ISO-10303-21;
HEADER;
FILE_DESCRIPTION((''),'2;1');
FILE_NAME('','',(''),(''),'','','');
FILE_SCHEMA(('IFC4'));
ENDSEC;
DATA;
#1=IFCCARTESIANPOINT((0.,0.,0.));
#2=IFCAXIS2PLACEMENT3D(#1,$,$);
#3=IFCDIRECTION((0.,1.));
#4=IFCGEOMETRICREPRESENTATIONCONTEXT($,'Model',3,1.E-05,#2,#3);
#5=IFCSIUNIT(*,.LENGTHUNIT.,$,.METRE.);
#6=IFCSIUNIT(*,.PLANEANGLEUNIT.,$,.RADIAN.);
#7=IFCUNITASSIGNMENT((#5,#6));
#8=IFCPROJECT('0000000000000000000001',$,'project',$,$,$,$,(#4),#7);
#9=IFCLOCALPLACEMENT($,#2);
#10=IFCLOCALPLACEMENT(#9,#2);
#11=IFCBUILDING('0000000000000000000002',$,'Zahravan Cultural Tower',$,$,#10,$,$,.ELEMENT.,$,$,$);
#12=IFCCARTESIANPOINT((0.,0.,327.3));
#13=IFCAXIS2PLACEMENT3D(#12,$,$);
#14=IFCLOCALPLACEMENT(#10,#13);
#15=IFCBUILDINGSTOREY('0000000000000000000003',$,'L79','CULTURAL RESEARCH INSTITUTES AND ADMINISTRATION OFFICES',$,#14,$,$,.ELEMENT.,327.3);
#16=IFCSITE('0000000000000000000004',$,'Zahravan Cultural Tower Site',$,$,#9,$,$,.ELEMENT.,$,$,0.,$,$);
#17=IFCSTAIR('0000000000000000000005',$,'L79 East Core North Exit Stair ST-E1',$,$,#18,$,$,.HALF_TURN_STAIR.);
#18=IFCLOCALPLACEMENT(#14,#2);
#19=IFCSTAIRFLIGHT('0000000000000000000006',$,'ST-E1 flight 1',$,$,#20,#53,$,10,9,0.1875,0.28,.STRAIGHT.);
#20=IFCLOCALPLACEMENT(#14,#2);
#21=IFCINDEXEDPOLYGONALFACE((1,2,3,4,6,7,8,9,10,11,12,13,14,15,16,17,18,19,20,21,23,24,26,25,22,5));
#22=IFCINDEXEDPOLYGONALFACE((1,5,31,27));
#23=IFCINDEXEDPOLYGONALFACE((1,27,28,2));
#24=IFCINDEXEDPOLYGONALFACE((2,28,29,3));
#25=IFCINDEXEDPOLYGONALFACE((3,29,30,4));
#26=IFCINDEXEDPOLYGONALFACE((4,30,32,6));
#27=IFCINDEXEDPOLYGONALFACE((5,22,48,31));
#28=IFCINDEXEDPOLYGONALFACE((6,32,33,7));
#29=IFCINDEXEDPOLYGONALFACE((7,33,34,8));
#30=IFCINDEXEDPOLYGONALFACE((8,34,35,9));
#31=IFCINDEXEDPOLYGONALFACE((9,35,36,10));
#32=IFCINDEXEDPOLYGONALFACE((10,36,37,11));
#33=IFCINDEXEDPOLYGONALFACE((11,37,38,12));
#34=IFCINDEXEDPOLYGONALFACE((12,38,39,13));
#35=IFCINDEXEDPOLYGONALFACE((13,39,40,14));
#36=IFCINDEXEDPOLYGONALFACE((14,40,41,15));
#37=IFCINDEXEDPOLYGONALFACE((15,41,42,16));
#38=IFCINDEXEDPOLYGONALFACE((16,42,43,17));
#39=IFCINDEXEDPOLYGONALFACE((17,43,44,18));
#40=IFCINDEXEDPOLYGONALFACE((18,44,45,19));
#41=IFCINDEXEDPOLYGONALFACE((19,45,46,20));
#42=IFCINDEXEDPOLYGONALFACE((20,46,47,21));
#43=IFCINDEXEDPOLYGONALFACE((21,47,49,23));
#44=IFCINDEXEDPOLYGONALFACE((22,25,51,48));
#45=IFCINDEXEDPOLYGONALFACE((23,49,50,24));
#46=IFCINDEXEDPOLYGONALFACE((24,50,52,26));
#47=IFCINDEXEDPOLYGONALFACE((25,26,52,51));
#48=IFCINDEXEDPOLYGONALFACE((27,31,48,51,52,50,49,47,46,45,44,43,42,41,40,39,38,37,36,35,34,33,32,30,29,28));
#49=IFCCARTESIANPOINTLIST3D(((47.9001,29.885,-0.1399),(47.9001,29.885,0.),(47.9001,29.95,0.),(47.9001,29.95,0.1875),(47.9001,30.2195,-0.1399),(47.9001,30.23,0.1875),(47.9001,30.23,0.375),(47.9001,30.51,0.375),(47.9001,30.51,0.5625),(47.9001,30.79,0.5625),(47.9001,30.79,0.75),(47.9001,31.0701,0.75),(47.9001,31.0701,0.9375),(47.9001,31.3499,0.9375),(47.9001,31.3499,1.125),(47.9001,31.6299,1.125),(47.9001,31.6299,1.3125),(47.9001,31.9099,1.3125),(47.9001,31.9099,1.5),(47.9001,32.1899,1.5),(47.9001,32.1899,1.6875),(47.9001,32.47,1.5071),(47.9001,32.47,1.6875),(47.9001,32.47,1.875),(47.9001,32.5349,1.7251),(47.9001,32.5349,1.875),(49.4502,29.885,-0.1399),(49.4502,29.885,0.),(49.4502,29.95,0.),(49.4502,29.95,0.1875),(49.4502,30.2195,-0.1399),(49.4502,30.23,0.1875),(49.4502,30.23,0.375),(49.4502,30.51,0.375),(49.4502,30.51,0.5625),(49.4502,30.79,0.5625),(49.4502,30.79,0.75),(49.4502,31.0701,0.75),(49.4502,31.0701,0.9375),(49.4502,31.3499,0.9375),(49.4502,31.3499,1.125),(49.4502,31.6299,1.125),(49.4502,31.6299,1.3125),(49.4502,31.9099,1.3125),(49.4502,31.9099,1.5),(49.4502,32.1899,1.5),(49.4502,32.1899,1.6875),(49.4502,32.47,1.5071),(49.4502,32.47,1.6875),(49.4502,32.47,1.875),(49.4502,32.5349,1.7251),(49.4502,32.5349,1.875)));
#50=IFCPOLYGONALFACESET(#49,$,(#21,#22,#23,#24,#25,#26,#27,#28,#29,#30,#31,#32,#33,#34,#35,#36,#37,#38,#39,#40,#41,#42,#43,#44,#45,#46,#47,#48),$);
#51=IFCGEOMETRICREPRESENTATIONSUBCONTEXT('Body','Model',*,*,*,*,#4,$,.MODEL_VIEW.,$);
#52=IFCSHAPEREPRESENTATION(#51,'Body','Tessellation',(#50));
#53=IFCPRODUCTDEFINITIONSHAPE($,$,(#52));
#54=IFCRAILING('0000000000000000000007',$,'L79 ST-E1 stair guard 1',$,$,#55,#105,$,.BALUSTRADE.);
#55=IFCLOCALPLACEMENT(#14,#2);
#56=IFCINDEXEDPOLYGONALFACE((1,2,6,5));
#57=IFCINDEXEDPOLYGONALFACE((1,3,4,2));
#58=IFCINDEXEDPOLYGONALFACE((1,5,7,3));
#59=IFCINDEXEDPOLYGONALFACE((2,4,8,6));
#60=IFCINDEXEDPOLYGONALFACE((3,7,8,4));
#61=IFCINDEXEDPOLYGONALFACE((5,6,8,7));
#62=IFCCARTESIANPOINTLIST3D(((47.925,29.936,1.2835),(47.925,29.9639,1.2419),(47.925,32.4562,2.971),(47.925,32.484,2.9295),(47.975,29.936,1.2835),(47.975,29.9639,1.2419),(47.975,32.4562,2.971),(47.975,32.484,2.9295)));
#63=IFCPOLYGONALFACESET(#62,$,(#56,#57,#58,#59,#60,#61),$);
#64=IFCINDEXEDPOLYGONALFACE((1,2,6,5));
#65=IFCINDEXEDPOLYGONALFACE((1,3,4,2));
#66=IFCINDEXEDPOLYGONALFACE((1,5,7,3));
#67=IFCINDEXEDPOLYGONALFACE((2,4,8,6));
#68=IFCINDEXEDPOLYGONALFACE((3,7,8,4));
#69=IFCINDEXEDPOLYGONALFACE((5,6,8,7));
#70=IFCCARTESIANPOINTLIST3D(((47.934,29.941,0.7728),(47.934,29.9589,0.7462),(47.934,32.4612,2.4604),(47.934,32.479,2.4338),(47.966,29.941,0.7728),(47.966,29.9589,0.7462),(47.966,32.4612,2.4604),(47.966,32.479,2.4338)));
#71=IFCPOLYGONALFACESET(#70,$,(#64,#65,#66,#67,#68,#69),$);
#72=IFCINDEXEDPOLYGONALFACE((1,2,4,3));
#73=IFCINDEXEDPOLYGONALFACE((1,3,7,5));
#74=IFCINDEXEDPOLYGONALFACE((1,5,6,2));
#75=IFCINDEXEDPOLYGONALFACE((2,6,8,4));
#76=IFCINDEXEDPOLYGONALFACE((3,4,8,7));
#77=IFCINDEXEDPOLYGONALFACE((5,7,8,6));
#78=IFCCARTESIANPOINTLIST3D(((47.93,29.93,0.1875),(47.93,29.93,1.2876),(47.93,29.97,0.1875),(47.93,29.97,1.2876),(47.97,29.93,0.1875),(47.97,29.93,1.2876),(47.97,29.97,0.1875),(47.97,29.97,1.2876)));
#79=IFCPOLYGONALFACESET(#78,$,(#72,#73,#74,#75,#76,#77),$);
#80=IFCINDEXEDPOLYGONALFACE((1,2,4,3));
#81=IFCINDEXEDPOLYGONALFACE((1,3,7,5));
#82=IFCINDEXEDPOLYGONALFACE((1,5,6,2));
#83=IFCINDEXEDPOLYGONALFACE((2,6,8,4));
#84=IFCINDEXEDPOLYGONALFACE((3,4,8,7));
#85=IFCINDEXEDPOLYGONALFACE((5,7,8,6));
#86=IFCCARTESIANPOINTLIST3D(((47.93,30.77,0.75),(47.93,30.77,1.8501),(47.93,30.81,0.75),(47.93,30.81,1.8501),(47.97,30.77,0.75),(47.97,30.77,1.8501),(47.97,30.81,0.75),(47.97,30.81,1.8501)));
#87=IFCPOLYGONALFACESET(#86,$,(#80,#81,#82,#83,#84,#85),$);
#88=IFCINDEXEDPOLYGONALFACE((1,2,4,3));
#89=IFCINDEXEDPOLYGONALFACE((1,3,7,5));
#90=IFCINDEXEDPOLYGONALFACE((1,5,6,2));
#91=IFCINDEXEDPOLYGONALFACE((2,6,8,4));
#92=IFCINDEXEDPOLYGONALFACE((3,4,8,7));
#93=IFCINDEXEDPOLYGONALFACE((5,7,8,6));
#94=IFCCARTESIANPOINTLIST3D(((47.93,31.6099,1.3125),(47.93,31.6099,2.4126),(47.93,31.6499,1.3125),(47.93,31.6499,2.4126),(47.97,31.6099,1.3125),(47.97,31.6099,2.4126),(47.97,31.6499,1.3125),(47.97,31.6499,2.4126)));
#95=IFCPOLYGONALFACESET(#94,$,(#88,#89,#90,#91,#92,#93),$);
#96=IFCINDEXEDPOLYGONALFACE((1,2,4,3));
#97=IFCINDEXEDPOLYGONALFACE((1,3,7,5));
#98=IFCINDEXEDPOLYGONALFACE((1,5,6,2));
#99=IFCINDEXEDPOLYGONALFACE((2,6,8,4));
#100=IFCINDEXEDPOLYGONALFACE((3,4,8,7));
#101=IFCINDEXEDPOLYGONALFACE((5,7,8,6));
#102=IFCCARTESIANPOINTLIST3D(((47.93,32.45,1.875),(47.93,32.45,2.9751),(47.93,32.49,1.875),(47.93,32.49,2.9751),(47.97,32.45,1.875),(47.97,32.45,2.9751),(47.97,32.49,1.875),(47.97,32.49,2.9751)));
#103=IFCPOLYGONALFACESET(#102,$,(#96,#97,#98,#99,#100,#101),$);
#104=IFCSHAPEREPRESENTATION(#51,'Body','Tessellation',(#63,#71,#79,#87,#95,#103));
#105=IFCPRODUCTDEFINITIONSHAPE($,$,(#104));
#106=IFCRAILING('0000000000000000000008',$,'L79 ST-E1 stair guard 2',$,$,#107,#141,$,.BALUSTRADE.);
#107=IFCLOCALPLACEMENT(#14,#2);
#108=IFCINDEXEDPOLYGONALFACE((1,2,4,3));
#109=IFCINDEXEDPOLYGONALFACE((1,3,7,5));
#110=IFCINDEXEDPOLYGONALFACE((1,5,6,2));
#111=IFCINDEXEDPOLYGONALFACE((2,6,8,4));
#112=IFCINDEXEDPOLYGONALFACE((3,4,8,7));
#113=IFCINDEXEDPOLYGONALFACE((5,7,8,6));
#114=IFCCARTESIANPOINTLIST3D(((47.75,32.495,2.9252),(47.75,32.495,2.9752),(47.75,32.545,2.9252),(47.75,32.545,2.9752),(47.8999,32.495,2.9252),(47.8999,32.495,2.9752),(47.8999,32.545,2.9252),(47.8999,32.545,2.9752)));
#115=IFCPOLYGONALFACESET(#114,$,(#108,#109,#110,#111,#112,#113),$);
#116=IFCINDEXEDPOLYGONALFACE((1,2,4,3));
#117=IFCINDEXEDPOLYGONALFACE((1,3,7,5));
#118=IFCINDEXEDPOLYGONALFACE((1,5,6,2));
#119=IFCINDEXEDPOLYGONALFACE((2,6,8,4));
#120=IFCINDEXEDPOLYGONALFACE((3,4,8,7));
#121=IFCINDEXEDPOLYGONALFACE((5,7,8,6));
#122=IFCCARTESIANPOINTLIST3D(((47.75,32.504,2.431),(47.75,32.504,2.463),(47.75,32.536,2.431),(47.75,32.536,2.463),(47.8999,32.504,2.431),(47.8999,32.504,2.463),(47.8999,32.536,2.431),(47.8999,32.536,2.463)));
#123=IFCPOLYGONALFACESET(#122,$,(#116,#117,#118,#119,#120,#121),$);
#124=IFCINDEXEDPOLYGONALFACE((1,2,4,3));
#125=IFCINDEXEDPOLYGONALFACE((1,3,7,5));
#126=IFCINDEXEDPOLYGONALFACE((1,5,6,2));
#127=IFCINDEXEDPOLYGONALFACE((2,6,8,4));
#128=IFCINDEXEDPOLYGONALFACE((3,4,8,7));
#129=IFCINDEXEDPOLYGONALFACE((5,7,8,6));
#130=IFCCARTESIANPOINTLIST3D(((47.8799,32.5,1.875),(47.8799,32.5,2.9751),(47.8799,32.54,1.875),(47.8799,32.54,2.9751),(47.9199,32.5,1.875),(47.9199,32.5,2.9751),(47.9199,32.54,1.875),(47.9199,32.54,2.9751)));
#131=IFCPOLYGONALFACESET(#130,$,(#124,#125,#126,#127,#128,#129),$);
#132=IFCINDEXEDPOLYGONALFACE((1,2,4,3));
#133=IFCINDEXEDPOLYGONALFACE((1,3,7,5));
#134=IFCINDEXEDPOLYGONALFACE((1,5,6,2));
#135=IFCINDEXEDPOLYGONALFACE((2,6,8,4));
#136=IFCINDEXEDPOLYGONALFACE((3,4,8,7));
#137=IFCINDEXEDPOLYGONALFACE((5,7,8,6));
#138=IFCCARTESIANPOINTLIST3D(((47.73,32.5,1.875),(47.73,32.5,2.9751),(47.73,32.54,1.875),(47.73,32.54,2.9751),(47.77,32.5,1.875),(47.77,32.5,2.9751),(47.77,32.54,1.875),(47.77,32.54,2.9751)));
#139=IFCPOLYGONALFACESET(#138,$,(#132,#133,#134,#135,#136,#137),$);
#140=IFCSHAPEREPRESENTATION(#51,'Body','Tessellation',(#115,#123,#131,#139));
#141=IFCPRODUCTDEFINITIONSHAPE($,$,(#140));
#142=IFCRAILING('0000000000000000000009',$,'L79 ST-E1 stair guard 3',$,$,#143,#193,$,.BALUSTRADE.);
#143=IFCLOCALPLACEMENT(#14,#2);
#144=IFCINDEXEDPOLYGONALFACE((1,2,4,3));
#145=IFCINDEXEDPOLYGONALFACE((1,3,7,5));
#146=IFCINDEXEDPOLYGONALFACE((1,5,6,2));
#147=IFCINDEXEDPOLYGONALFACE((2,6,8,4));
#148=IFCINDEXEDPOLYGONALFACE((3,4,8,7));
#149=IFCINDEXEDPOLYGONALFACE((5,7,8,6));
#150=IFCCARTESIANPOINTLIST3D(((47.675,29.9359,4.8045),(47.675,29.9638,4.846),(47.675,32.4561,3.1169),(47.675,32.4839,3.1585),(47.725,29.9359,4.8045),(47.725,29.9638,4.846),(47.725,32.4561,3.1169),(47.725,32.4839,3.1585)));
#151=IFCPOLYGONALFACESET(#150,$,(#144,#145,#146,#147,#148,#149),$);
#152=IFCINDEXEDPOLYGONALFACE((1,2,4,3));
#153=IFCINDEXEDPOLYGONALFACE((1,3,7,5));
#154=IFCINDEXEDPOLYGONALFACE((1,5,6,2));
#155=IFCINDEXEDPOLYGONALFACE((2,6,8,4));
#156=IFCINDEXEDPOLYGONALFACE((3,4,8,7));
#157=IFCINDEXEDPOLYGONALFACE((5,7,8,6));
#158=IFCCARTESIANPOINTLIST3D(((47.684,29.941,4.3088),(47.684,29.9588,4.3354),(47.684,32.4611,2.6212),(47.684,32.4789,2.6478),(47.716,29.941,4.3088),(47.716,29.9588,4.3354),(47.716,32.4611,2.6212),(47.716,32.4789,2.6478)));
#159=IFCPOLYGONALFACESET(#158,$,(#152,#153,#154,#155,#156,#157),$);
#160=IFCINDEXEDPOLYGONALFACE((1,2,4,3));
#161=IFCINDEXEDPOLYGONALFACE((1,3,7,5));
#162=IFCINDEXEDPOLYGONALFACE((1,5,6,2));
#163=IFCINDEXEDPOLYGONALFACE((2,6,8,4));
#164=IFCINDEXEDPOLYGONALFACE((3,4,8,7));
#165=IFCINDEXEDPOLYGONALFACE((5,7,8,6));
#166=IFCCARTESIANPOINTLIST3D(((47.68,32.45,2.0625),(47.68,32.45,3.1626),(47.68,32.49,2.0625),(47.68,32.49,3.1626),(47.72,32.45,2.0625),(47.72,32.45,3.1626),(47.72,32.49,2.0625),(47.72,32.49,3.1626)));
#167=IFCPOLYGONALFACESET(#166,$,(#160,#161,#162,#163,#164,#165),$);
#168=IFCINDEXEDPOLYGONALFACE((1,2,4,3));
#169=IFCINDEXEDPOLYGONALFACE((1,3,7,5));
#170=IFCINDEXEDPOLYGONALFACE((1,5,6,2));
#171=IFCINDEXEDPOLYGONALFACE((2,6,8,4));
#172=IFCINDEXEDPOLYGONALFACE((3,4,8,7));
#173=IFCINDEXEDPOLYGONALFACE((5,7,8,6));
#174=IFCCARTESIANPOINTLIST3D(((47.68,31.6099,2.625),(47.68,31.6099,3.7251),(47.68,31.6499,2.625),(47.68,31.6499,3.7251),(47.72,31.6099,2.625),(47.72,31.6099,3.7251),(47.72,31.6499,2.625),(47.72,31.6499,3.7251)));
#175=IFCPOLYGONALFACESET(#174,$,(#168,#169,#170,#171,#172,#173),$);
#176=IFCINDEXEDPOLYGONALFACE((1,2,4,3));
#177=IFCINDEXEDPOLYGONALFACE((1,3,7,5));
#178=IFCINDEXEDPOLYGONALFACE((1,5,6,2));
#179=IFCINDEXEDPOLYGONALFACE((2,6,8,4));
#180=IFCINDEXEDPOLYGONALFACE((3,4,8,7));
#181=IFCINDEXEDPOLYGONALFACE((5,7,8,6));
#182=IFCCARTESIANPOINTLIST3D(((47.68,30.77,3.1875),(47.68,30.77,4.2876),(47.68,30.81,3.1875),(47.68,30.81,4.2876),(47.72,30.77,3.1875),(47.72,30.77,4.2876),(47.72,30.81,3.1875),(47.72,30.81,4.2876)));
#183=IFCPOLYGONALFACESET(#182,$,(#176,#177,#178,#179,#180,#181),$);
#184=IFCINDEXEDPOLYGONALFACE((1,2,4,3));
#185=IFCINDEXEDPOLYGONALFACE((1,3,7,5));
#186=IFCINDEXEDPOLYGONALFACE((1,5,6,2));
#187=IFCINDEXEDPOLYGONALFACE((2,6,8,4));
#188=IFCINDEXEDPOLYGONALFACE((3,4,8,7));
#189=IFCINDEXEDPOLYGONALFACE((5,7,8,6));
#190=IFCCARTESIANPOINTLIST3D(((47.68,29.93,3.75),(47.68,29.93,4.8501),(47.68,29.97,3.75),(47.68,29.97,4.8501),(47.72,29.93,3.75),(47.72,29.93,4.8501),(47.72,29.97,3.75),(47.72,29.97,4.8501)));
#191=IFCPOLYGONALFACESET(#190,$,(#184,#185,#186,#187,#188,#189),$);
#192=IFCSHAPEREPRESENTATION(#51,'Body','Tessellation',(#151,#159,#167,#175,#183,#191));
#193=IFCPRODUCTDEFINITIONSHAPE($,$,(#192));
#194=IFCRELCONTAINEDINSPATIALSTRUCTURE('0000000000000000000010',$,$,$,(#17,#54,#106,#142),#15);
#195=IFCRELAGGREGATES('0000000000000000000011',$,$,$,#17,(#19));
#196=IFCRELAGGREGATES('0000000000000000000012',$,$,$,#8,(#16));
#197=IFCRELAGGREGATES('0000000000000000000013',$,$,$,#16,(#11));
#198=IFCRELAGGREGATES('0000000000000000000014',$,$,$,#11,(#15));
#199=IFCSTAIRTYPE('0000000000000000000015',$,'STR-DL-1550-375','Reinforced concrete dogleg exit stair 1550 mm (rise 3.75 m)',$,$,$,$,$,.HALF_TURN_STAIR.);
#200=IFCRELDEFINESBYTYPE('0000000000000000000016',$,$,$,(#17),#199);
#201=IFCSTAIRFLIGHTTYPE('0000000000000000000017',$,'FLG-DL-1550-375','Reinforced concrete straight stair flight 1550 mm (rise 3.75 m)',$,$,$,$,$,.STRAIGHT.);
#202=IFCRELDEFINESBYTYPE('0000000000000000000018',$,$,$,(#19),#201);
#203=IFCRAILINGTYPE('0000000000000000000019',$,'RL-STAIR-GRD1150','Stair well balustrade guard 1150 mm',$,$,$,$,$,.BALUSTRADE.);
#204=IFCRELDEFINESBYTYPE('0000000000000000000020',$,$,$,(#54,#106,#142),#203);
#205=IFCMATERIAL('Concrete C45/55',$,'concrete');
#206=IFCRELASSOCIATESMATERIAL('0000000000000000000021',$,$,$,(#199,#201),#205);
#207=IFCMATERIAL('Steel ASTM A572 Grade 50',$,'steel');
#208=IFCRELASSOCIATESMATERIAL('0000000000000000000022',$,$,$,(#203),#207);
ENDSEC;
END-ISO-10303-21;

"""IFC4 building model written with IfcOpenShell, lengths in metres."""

from ifc_helpers import new_model, si_unit, direction, frame, origin, origin_2d, place, context, subcontext, project, spatial, polyline, rectangle, outline, extrude, material, type_object, element, aggregate, save


model = new_model("IFC4")

# Units and contexts
model_context = context("Model", 3, precision=1e-05, world=origin(), true_north=direction((0.0, 1.0)))
body_context = subcontext(model_context, "Body", "Model", "MODEL_VIEW")
ifc_project = project(units=[si_unit("LENGTHUNIT", "METRE"), si_unit("PLANEANGLEUNIT", "RADIAN")], contexts=[model_context])

# Site, building, storey
site_placement = place(None, origin())
site = spatial("IfcSite", under=ifc_project, at=site_placement, Name="Zahravan Cultural Tower Site", CompositionType="ELEMENT", RefElevation=0.0)
building_placement = place(site_placement, origin())
building = spatial("IfcBuilding", under=site, at=building_placement, Name="Zahravan Cultural Tower", CompositionType="ELEMENT")
storey_placement = place(building_placement, frame((0.0, 0.0, 327.3)))
storey = spatial("IfcBuildingStorey", under=building, at=storey_placement, Name="L79", Description="CULTURAL RESEARCH INSTITUTES AND ADMINISTRATION OFFICES", CompositionType="ELEMENT", Elevation=327.3)

# Stair, stair flight
ifc_material_1 = material(Name="Concrete C45/55", Category="concrete")
stair_type = type_object("IfcStairType", Name="STR-DL-1550-375", Description="Reinforced concrete dogleg exit stair 1550 mm (rise 3.75 m)", PredefinedType="HALF_TURN_STAIR", material=ifc_material_1)
stair_placement = place(storey_placement, origin())
stair = element("IfcStair", 1, at=stair_placement, inside=storey, type_object=stair_type, Name="L79 East Core North Exit Stair ST-E1", PredefinedType="HALF_TURN_STAIR")
stair_flight_type = type_object("IfcStairFlightType", Name="FLG-DL-1550-375", Description="Reinforced concrete straight stair flight 1550 mm (rise 3.75 m)", PredefinedType="STRAIGHT", material=ifc_material_1)
stair_flight_placement = place(storey_placement, frame((48.675, 29.95, 0.0), z_axis=(0.0, 0.0, 1.0), x_axis=(0.0, 1.0, 0.0)))
stair_flight = element("IfcStairFlight", 2, at=stair_flight_placement, type_object=stair_flight_type, Name="ST-E1 flight 1", NumberOfRisers=10, NumberOfTreads=9, PredefinedType="STRAIGHT", RiserHeight=0.1875, TreadLength=0.28, context=body_context, shape_type="SweptSolid", body=[
    extrude(outline(polyline([(-0.0649, -0.1399), (-0.0649, 0.0), (0.0, 0.0), (0.0, 0.1875), (0.28, 0.1875), (0.28, 0.375), (0.5601, 0.375), (0.5601, 0.5625), (0.8401, 0.5625), (0.8401, 0.75), (1.1201, 0.75), (1.1201, 0.9375), (1.3999, 0.9375), (1.3999, 1.125), (1.6799, 1.125), (1.6799, 1.3125), (1.96, 1.3125), (1.96, 1.5), (2.24, 1.5), (2.24, 1.6875), (2.52, 1.6875), (2.52, 1.875), (2.585, 1.875), (2.585, 1.7251), (2.52, 1.5071), (0.2695, -0.1399), (-0.0649, -0.1399)])), frame((0.0, 0.7749, 0.0), z_axis=(0.0, -1.0, 0.0), x_axis=(1.0, 0.0, 0.0)), (0.0, 0.0, 1.0), 1.55),
])
aggregate(stair, [stair_flight])

# Railings
ifc_material_2 = material(Name="Steel ASTM A572 Grade 50", Category="steel")
railing_type_1 = type_object("IfcRailingType", Name="RL-STAIR-GRD1150", Description="Stair well balustrade guard 1150 mm", PredefinedType="BALUSTRADE", material=ifc_material_2)
railing_1_placement = place(storey_placement, frame((47.95, 29.95, 0.1875)))
element("IfcRailing", 3, at=railing_1_placement, inside=storey, type_object=railing_type_1, Name="L79 ST-E1 stair guard 1", PredefinedType="BALUSTRADE", context=body_context, shape_type="SweptSolid", body=[
    extrude(rectangle(XDim=0.05, YDim=0.05, at=origin_2d()), frame((0.0, 0.0, 1.0752), z_axis=(0.0, 0.830909, 0.556408), x_axis=(-1.0, 0.0, 0.0)), (0.0, 0.0, 1.0), 3.033),
    extrude(rectangle(XDim=0.032, YDim=0.032, at=origin_2d()), frame((0.0, 0.0, 0.572), z_axis=(0.0, 0.830909, 0.556408), x_axis=(-1.0, 0.0, 0.0)), (0.0, 0.0, 1.0), 3.033),
    extrude(rectangle(XDim=0.04, YDim=0.04, at=origin_2d()), origin(), (0.0, 0.0, 1.0), 1.1001),
    extrude(rectangle(XDim=0.04, YDim=0.04, at=origin_2d()), frame((0.0, 0.8401, 0.5625)), (0.0, 0.0, 1.0), 1.1001),
    extrude(rectangle(XDim=0.04, YDim=0.04, at=origin_2d()), frame((0.0, 1.6799, 1.125)), (0.0, 0.0, 1.0), 1.1001),
    extrude(rectangle(XDim=0.04, YDim=0.04, at=origin_2d()), frame((0.0, 2.52, 1.6875)), (0.0, 0.0, 1.0), 1.1001),
])
railing_2_placement = place(storey_placement, frame((47.8999, 32.52, 1.875)))
element("IfcRailing", 4, at=railing_2_placement, inside=storey, type_object=railing_type_1, Name="L79 ST-E1 stair guard 2", PredefinedType="BALUSTRADE", context=body_context, shape_type="SweptSolid", body=[
    extrude(rectangle(XDim=0.05, YDim=0.05, at=origin_2d()), frame((0.0, 0.0, 1.0752), z_axis=(-1.0, 0.0, 0.0), x_axis=(0.0, -1.0, 0.0)), (0.0, 0.0, 1.0), 0.1499),
    extrude(rectangle(XDim=0.032, YDim=0.032, at=origin_2d()), frame((0.0, 0.0, 0.572), z_axis=(-1.0, 0.0, 0.0), x_axis=(0.0, -1.0, 0.0)), (0.0, 0.0, 1.0), 0.1499),
    extrude(rectangle(XDim=0.04, YDim=0.04, at=origin_2d()), origin(), (0.0, 0.0, 1.0), 1.1001),
    extrude(rectangle(XDim=0.04, YDim=0.04, at=origin_2d()), frame((-0.1499, 0.0, 0.0)), (0.0, 0.0, 1.0), 1.1001),
])
railing_3_placement = place(storey_placement, frame((47.7, 32.47, 2.0625)))
element("IfcRailing", 5, at=railing_3_placement, inside=storey, type_object=railing_type_1, Name="L79 ST-E1 stair guard 3", PredefinedType="BALUSTRADE", context=body_context, shape_type="SweptSolid", body=[
    extrude(rectangle(XDim=0.05, YDim=0.05, at=origin_2d()), frame((0.0, 0.0, 1.0752), z_axis=(0.0, -0.830909, 0.556408), x_axis=(1.0, 0.0, 0.0)), (0.0, 0.0, 1.0), 3.033),
    extrude(rectangle(XDim=0.032, YDim=0.032, at=origin_2d()), frame((0.0, 0.0, 0.572), z_axis=(0.0, -0.830909, 0.556408), x_axis=(1.0, 0.0, 0.0)), (0.0, 0.0, 1.0), 3.033),
    extrude(rectangle(XDim=0.04, YDim=0.04, at=origin_2d()), origin(), (0.0, 0.0, 1.0), 1.1001),
    extrude(rectangle(XDim=0.04, YDim=0.04, at=origin_2d()), frame((0.0, -0.8401, 0.5625)), (0.0, 0.0, 1.0), 1.1001),
    extrude(rectangle(XDim=0.04, YDim=0.04, at=origin_2d()), frame((0.0, -1.6799, 1.125)), (0.0, 0.0, 1.0), 1.1001),
    extrude(rectangle(XDim=0.04, YDim=0.04, at=origin_2d()), frame((0.0, -2.52, 1.6875)), (0.0, 0.0, 1.0), 1.1001),
])

save(model, "model.ifc")
